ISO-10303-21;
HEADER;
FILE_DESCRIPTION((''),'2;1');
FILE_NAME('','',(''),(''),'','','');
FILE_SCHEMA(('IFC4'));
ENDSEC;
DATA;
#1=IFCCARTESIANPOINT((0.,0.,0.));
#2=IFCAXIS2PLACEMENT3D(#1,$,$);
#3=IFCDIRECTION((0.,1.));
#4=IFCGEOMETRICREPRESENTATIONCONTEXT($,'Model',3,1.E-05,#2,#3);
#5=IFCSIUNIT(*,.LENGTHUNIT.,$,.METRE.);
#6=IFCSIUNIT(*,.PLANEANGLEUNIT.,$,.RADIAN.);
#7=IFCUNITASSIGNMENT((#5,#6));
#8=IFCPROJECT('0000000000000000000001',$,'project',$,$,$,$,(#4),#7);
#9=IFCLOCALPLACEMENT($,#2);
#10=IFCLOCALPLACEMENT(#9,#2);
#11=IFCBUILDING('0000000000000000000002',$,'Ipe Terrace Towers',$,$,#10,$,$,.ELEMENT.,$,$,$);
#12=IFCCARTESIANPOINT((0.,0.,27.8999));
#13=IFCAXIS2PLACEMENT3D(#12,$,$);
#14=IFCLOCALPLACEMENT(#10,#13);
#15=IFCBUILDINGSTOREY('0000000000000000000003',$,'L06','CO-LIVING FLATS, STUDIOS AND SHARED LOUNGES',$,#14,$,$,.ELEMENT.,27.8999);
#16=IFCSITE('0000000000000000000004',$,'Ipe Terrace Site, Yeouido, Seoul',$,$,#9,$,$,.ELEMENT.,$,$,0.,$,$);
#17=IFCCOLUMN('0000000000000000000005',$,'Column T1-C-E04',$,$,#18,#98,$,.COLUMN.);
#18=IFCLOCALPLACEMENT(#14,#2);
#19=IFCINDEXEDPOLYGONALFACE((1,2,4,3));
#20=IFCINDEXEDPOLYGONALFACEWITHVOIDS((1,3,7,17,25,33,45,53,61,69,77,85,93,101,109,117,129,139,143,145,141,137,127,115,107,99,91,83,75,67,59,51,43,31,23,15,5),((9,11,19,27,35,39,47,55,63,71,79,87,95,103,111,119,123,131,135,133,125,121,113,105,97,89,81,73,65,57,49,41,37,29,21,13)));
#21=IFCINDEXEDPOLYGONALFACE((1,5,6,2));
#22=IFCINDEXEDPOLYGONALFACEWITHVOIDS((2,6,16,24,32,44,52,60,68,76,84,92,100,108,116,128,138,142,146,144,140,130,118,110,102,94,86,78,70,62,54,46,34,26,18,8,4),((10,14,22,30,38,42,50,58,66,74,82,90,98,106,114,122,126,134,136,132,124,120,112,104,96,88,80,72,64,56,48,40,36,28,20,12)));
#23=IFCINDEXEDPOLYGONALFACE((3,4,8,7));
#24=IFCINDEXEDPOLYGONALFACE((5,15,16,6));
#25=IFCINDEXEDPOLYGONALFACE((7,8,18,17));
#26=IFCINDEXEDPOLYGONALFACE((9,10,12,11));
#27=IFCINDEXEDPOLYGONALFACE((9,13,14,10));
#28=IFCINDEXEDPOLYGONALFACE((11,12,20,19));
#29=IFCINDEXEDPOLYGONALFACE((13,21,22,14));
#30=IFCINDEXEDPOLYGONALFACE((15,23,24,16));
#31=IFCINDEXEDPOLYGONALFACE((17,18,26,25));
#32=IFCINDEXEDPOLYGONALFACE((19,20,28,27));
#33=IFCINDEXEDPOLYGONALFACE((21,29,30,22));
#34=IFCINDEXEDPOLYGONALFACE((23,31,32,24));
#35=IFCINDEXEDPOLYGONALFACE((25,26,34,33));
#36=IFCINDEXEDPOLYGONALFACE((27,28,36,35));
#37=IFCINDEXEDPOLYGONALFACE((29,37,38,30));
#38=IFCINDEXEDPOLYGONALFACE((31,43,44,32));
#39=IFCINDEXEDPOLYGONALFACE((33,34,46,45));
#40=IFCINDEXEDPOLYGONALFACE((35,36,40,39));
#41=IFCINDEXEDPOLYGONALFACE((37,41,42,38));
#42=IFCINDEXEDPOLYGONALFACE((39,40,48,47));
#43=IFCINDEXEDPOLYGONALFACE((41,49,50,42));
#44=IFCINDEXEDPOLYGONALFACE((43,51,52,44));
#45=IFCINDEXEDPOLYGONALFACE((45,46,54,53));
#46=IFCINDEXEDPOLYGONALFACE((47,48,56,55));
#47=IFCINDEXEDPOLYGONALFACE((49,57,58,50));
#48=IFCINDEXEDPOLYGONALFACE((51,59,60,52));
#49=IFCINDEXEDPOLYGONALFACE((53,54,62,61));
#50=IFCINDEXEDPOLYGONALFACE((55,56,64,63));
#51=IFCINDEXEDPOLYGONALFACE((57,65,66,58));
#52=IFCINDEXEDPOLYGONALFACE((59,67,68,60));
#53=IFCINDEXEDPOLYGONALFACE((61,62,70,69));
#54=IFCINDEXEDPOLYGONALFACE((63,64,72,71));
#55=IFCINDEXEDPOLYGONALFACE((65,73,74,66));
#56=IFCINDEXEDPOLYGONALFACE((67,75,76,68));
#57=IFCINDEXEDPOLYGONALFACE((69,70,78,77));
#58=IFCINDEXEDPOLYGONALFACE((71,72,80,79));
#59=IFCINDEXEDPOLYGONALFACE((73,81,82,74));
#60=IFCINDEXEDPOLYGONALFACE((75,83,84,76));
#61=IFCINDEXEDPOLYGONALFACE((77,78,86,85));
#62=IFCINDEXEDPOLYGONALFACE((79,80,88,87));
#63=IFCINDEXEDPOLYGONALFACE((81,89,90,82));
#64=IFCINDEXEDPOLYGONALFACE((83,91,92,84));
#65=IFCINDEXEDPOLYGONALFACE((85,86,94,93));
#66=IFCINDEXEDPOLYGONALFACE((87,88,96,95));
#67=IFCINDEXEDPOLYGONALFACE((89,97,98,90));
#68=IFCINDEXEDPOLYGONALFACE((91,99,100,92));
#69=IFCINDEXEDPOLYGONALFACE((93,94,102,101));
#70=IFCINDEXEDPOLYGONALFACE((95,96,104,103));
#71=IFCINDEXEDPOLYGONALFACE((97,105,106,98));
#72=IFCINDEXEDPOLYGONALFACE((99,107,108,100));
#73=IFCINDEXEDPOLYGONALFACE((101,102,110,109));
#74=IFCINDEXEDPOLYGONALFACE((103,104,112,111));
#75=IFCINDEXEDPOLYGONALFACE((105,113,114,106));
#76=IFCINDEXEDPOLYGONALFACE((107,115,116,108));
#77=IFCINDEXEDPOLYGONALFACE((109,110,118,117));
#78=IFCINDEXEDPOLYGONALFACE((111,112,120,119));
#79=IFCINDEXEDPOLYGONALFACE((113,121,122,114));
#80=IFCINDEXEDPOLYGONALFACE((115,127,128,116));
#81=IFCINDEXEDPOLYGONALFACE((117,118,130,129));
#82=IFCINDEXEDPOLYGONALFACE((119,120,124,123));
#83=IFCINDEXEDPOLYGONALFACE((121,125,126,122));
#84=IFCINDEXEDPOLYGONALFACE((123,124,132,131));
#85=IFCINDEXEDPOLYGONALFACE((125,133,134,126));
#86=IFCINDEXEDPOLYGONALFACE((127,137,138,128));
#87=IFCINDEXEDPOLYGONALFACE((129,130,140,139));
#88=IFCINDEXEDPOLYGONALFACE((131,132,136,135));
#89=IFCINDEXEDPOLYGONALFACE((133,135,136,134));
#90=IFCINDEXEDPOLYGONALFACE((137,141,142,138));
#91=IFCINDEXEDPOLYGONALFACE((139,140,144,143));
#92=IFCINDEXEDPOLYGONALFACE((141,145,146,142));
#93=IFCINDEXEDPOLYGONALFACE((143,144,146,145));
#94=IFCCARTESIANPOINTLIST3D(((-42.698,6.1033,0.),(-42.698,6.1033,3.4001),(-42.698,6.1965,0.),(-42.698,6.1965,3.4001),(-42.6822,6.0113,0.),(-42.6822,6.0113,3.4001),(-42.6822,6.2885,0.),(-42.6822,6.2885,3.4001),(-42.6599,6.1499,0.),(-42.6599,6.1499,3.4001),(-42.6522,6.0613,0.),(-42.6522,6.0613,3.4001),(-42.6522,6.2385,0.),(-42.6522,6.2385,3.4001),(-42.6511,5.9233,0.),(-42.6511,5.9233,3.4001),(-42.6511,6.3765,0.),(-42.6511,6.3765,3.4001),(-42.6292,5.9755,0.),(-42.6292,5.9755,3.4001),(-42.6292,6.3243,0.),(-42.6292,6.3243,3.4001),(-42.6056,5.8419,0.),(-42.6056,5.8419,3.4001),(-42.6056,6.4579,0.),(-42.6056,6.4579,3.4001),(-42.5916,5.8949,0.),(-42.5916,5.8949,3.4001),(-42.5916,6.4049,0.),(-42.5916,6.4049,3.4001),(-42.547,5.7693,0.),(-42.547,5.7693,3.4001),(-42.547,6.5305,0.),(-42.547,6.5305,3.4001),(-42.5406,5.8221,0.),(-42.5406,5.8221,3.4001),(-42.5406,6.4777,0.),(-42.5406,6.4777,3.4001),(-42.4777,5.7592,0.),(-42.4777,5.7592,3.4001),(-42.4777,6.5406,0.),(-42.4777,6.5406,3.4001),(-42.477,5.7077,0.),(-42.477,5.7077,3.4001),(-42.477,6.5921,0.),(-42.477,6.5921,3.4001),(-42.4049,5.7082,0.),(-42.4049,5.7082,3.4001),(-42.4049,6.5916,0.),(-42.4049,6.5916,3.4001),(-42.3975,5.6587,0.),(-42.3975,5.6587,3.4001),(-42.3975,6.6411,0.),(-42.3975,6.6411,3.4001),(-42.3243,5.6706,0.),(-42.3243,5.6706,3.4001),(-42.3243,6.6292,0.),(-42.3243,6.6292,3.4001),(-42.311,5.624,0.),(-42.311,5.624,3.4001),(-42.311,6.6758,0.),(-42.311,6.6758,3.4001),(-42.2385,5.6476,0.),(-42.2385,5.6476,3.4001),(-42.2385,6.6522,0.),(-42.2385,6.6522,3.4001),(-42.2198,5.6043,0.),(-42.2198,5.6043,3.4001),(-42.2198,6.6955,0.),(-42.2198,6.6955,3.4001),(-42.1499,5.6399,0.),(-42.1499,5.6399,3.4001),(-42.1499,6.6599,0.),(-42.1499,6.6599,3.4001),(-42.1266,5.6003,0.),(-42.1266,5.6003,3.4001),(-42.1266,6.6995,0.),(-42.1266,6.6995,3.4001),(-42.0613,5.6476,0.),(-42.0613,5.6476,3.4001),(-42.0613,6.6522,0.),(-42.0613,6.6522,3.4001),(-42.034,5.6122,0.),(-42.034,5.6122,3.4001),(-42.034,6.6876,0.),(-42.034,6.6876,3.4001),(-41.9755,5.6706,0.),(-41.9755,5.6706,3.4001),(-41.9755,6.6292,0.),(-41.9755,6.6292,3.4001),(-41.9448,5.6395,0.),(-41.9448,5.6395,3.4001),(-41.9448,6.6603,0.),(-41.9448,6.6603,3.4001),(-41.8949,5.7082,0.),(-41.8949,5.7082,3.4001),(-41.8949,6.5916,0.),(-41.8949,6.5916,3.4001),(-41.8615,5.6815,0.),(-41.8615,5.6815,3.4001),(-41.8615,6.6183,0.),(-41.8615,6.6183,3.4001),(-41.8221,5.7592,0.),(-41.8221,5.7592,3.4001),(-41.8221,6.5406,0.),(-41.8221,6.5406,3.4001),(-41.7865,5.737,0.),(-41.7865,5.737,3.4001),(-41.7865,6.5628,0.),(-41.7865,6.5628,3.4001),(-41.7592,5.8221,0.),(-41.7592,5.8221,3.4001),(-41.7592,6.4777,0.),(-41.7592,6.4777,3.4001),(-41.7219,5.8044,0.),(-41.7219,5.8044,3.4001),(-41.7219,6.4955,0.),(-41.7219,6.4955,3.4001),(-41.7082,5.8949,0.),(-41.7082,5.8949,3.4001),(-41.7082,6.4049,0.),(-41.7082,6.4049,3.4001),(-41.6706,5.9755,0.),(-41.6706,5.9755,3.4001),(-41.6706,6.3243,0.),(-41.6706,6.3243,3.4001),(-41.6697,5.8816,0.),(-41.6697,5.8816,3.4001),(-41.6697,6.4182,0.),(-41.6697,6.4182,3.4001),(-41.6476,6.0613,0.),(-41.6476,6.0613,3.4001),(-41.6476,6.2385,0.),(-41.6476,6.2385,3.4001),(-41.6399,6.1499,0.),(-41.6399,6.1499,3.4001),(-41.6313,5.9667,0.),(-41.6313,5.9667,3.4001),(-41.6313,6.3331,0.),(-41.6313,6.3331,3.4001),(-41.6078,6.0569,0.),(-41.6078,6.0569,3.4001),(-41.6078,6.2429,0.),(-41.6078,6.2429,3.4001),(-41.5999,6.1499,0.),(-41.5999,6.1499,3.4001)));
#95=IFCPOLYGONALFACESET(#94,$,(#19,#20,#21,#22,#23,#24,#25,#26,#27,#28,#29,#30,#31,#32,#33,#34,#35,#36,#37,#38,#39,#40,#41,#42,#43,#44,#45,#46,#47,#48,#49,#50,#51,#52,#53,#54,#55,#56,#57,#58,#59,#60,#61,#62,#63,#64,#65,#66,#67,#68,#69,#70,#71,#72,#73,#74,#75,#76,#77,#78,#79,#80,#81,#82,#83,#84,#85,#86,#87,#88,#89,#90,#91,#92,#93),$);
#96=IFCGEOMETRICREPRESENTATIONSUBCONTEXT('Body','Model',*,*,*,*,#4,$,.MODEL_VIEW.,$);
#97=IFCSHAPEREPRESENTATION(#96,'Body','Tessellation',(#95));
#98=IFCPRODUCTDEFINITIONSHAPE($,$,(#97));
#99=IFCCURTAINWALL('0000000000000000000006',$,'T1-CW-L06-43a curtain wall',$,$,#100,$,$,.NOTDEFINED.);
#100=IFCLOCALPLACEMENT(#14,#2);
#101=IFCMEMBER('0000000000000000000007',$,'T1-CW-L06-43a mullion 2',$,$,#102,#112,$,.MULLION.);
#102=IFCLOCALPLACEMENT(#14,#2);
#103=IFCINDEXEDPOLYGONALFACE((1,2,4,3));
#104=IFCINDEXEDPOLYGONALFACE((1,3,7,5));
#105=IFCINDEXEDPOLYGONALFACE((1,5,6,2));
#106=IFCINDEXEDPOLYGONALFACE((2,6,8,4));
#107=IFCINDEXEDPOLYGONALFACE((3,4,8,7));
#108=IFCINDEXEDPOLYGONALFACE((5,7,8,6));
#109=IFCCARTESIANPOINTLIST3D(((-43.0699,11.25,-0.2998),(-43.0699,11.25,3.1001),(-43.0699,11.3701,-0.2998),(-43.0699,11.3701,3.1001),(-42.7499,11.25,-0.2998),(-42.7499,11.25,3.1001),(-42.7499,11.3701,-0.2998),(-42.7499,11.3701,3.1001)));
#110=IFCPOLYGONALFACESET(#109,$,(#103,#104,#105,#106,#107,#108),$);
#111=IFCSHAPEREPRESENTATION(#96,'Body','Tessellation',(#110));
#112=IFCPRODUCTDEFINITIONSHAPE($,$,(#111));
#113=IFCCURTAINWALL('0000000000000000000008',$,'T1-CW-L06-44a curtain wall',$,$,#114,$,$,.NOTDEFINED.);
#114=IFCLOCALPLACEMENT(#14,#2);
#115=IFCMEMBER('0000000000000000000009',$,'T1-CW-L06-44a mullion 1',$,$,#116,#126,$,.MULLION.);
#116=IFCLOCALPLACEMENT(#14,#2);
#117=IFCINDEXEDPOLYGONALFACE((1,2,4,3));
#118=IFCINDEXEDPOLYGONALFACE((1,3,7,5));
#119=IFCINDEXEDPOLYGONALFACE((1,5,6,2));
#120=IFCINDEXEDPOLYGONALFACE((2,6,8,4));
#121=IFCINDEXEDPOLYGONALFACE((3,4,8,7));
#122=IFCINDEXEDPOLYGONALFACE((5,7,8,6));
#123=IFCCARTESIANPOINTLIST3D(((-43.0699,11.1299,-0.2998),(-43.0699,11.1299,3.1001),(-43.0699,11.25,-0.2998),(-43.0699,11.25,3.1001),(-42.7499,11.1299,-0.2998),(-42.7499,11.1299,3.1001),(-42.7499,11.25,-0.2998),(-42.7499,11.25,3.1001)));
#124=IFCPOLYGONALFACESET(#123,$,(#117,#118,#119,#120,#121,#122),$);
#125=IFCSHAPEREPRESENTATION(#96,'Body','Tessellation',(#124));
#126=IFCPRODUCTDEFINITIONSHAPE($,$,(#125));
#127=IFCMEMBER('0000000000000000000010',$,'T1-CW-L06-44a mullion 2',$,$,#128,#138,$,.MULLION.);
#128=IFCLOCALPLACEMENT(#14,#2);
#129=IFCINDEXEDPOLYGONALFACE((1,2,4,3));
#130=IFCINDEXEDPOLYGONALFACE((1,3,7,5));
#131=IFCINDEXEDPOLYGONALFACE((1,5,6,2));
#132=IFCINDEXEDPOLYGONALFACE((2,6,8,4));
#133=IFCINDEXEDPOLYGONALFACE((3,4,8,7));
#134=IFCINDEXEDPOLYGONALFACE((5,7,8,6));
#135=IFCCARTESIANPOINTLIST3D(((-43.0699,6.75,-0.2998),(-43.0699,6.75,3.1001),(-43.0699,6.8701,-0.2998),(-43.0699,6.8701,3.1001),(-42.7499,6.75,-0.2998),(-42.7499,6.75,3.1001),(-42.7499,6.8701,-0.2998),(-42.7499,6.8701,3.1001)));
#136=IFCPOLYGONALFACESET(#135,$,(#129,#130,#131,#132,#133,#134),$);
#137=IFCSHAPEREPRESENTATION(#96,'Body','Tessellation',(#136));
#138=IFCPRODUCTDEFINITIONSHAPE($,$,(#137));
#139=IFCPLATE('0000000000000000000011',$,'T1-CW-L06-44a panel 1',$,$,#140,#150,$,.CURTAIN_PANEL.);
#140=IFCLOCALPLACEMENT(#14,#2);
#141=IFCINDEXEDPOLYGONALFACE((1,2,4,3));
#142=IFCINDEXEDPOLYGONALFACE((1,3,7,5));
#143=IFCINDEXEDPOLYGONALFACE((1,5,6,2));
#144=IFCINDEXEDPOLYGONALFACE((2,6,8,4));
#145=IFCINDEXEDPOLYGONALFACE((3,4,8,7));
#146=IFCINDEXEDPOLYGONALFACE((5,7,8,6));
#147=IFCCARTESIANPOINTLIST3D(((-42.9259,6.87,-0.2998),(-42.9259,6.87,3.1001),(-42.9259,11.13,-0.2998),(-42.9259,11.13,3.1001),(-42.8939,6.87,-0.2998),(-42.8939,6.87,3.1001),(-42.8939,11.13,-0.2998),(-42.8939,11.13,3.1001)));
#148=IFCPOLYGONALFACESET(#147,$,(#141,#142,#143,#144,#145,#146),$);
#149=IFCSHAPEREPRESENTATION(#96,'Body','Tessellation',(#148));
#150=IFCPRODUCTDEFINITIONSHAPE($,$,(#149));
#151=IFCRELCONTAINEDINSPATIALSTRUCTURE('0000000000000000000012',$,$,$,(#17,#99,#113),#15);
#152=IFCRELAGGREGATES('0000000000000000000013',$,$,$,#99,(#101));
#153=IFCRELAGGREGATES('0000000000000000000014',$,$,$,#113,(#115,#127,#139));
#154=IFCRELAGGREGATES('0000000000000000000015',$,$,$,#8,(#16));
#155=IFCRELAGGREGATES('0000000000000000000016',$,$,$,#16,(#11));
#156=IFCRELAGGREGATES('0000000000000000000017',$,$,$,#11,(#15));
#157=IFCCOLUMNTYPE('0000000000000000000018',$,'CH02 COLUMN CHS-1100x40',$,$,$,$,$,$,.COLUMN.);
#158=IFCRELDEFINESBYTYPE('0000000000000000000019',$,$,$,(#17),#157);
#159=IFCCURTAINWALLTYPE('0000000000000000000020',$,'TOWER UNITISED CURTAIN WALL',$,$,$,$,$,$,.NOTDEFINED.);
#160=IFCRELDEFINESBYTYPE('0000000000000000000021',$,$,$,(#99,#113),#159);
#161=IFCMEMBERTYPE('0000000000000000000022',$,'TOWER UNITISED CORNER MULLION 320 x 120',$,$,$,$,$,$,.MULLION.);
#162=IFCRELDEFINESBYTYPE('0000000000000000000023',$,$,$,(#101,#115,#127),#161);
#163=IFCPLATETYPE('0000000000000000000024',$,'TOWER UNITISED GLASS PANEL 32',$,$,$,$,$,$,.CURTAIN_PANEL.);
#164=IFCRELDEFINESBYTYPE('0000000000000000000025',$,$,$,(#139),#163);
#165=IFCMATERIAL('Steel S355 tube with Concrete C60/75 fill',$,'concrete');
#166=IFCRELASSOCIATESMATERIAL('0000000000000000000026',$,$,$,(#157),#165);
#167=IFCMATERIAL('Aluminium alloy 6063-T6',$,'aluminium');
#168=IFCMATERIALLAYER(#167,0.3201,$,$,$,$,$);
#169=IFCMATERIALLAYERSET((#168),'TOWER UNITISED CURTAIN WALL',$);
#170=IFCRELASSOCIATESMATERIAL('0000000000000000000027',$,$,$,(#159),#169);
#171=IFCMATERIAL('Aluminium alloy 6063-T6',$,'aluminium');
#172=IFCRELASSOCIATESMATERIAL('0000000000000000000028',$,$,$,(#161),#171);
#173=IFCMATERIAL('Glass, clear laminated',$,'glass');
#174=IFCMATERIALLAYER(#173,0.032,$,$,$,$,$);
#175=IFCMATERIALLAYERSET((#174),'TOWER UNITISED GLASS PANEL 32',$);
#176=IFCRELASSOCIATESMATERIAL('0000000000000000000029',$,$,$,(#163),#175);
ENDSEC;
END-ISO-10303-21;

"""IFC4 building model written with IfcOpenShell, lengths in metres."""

from ifc_helpers import new_model, si_unit, direction, frame, origin, origin_2d, place, context, subcontext, project, spatial, rectangle, hollow_circle, extrude, material, layer, layer_set, material_profile, profile_set, type_object, element, aggregate, save


model = new_model("IFC4")

# Units and contexts
model_context = context("Model", 3, precision=1e-05, world=origin(), true_north=direction((0.0, 1.0)))
body_context = subcontext(model_context, "Body", "Model", "MODEL_VIEW")
ifc_project = project(units=[si_unit("LENGTHUNIT", "METRE"), si_unit("PLANEANGLEUNIT", "RADIAN")], contexts=[model_context])

# Site, building, storey
site_placement = place(None, origin())
site = spatial("IfcSite", under=ifc_project, at=site_placement, Name="Ipe Terrace Site, Yeouido, Seoul", CompositionType="ELEMENT", RefElevation=0.0)
building_placement = place(site_placement, origin())
building = spatial("IfcBuilding", under=site, at=building_placement, Name="Ipe Terrace Towers", CompositionType="ELEMENT")
storey_placement = place(building_placement, frame((0.0, 0.0, 27.8999)))
storey = spatial("IfcBuildingStorey", under=building, at=storey_placement, Name="L06", Description="CO-LIVING FLATS, STUDIOS AND SHARED LOUNGES", CompositionType="ELEMENT", Elevation=27.8999)

# Column
ifc_material_1 = material(Name="Steel S355 tube with Concrete C60/75 fill", Category="concrete")
ifc_material_profile_1 = material_profile(ifc_material_1, hollow_circle(Radius=0.55, WallThickness=0.04, at=origin_2d()), Name="CHS-1100x40")
ifc_profile_set_1 = profile_set([ifc_material_profile_1], Name="Steel S355 tube with Concrete C60/75 fill")
column_type = type_object("IfcColumnType", Name="CH02 COLUMN CHS-1100x40", PredefinedType="COLUMN", material=ifc_profile_set_1)
column_placement = place(storey_placement, frame((-42.1499, 6.1499, 0.0), z_axis=(0.0, 0.0, 1.0), x_axis=(1.0, 0.0, 0.0)))
element("IfcColumn", 1, at=column_placement, inside=storey, type_object=column_type, Name="Column T1-C-E04", PredefinedType="COLUMN", context=body_context, shape_type="SweptSolid", body=[
    extrude(hollow_circle(Radius=0.55, WallThickness=0.04, at=origin_2d()), origin(), (0.0, 0.0, 1.0), 3.4001),
])

# Curtain wall, member
ifc_material_2 = material(Name="Aluminium alloy 6063-T6", Category="aluminium")
ifc_layer_1 = layer(ifc_material_2, 0.3201)
ifc_layer_set_1 = layer_set([ifc_layer_1], Name="TOWER UNITISED CURTAIN WALL")
curtain_wall_type = type_object("IfcCurtainWallType", Name="TOWER UNITISED CURTAIN WALL", PredefinedType="NOTDEFINED", material=ifc_layer_set_1)
curtain_wall_1_placement = place(storey_placement, origin())
curtain_wall_1 = element("IfcCurtainWall", 2, at=curtain_wall_1_placement, inside=storey, type_object=curtain_wall_type, Name="T1-CW-L06-43a curtain wall", PredefinedType="NOTDEFINED")
ifc_material_3 = material(Name="Aluminium alloy 6063-T6", Category="aluminium")
ifc_material_profile_2 = material_profile(ifc_material_3, rectangle(XDim=0.3201, YDim=0.1201, at=origin_2d()), Name="TOWER UNITISED CORNER MULLION 320 x 120")
ifc_profile_set_2 = profile_set([ifc_material_profile_2], Name="Aluminium alloy 6063-T6")
member_type = type_object("IfcMemberType", Name="TOWER UNITISED CORNER MULLION 320 x 120", PredefinedType="MULLION", material=ifc_profile_set_2)
member_1_placement = place(storey_placement, frame((-42.9099, 11.3101, -0.2998), z_axis=(0.0, 0.0, 1.0), x_axis=(-1.0, 0.0, 0.0)))
member_1 = element("IfcMember", 3, at=member_1_placement, type_object=member_type, Name="T1-CW-L06-43a mullion 2", PredefinedType="MULLION", context=body_context, shape_type="SweptSolid", body=[
    extrude(rectangle(XDim=0.3201, YDim=0.1201, at=origin_2d()), origin(), (0.0, 0.0, 1.0), 3.3999),
])
aggregate(curtain_wall_1, [member_1])

# Curtain wall, members, plate
curtain_wall_2_placement = place(storey_placement, origin())
curtain_wall_2 = element("IfcCurtainWall", 4, at=curtain_wall_2_placement, inside=storey, type_object=curtain_wall_type, Name="T1-CW-L06-44a curtain wall", PredefinedType="NOTDEFINED")
member_2_placement = place(storey_placement, frame((-42.9099, 11.1899, -0.2998), z_axis=(0.0, 0.0, 1.0), x_axis=(-1.0, 0.0, 0.0)))
member_2 = element("IfcMember", 5, at=member_2_placement, type_object=member_type, Name="T1-CW-L06-44a mullion 1", PredefinedType="MULLION", context=body_context, shape_type="SweptSolid", body=[
    extrude(rectangle(XDim=0.3201, YDim=0.1201, at=origin_2d()), origin(), (0.0, 0.0, 1.0), 3.3999),
])
member_3_placement = place(storey_placement, frame((-42.9099, 6.8101, -0.2998), z_axis=(0.0, 0.0, 1.0), x_axis=(-1.0, 0.0, 0.0)))
member_3 = element("IfcMember", 6, at=member_3_placement, type_object=member_type, Name="T1-CW-L06-44a mullion 2", PredefinedType="MULLION", context=body_context, shape_type="SweptSolid", body=[
    extrude(rectangle(XDim=0.3201, YDim=0.1201, at=origin_2d()), origin(), (0.0, 0.0, 1.0), 3.3999),
])
ifc_material_4 = material(Name="Glass, clear laminated", Category="glass")
ifc_layer_2 = layer(ifc_material_4, 0.032)
ifc_layer_set_2 = layer_set([ifc_layer_2], Name="TOWER UNITISED GLASS PANEL 32")
plate_type = type_object("IfcPlateType", Name="TOWER UNITISED GLASS PANEL 32", PredefinedType="CURTAIN_PANEL", material=ifc_layer_set_2)
plate_placement = place(storey_placement, frame((-42.9099, 9.0, -0.2998), z_axis=(0.0, 0.0, 1.0), x_axis=(0.0, -1.0, 0.0)))
plate = element("IfcPlate", 7, at=plate_placement, type_object=plate_type, Name="T1-CW-L06-44a panel 1", PredefinedType="CURTAIN_PANEL", context=body_context, shape_type="SweptSolid", body=[
    extrude(rectangle(XDim=4.26, YDim=0.032, at=origin_2d()), origin(), (0.0, 0.0, 1.0), 3.3999),
])
aggregate(curtain_wall_2, [member_2, member_3, plate])

save(model, "model.ifc")
